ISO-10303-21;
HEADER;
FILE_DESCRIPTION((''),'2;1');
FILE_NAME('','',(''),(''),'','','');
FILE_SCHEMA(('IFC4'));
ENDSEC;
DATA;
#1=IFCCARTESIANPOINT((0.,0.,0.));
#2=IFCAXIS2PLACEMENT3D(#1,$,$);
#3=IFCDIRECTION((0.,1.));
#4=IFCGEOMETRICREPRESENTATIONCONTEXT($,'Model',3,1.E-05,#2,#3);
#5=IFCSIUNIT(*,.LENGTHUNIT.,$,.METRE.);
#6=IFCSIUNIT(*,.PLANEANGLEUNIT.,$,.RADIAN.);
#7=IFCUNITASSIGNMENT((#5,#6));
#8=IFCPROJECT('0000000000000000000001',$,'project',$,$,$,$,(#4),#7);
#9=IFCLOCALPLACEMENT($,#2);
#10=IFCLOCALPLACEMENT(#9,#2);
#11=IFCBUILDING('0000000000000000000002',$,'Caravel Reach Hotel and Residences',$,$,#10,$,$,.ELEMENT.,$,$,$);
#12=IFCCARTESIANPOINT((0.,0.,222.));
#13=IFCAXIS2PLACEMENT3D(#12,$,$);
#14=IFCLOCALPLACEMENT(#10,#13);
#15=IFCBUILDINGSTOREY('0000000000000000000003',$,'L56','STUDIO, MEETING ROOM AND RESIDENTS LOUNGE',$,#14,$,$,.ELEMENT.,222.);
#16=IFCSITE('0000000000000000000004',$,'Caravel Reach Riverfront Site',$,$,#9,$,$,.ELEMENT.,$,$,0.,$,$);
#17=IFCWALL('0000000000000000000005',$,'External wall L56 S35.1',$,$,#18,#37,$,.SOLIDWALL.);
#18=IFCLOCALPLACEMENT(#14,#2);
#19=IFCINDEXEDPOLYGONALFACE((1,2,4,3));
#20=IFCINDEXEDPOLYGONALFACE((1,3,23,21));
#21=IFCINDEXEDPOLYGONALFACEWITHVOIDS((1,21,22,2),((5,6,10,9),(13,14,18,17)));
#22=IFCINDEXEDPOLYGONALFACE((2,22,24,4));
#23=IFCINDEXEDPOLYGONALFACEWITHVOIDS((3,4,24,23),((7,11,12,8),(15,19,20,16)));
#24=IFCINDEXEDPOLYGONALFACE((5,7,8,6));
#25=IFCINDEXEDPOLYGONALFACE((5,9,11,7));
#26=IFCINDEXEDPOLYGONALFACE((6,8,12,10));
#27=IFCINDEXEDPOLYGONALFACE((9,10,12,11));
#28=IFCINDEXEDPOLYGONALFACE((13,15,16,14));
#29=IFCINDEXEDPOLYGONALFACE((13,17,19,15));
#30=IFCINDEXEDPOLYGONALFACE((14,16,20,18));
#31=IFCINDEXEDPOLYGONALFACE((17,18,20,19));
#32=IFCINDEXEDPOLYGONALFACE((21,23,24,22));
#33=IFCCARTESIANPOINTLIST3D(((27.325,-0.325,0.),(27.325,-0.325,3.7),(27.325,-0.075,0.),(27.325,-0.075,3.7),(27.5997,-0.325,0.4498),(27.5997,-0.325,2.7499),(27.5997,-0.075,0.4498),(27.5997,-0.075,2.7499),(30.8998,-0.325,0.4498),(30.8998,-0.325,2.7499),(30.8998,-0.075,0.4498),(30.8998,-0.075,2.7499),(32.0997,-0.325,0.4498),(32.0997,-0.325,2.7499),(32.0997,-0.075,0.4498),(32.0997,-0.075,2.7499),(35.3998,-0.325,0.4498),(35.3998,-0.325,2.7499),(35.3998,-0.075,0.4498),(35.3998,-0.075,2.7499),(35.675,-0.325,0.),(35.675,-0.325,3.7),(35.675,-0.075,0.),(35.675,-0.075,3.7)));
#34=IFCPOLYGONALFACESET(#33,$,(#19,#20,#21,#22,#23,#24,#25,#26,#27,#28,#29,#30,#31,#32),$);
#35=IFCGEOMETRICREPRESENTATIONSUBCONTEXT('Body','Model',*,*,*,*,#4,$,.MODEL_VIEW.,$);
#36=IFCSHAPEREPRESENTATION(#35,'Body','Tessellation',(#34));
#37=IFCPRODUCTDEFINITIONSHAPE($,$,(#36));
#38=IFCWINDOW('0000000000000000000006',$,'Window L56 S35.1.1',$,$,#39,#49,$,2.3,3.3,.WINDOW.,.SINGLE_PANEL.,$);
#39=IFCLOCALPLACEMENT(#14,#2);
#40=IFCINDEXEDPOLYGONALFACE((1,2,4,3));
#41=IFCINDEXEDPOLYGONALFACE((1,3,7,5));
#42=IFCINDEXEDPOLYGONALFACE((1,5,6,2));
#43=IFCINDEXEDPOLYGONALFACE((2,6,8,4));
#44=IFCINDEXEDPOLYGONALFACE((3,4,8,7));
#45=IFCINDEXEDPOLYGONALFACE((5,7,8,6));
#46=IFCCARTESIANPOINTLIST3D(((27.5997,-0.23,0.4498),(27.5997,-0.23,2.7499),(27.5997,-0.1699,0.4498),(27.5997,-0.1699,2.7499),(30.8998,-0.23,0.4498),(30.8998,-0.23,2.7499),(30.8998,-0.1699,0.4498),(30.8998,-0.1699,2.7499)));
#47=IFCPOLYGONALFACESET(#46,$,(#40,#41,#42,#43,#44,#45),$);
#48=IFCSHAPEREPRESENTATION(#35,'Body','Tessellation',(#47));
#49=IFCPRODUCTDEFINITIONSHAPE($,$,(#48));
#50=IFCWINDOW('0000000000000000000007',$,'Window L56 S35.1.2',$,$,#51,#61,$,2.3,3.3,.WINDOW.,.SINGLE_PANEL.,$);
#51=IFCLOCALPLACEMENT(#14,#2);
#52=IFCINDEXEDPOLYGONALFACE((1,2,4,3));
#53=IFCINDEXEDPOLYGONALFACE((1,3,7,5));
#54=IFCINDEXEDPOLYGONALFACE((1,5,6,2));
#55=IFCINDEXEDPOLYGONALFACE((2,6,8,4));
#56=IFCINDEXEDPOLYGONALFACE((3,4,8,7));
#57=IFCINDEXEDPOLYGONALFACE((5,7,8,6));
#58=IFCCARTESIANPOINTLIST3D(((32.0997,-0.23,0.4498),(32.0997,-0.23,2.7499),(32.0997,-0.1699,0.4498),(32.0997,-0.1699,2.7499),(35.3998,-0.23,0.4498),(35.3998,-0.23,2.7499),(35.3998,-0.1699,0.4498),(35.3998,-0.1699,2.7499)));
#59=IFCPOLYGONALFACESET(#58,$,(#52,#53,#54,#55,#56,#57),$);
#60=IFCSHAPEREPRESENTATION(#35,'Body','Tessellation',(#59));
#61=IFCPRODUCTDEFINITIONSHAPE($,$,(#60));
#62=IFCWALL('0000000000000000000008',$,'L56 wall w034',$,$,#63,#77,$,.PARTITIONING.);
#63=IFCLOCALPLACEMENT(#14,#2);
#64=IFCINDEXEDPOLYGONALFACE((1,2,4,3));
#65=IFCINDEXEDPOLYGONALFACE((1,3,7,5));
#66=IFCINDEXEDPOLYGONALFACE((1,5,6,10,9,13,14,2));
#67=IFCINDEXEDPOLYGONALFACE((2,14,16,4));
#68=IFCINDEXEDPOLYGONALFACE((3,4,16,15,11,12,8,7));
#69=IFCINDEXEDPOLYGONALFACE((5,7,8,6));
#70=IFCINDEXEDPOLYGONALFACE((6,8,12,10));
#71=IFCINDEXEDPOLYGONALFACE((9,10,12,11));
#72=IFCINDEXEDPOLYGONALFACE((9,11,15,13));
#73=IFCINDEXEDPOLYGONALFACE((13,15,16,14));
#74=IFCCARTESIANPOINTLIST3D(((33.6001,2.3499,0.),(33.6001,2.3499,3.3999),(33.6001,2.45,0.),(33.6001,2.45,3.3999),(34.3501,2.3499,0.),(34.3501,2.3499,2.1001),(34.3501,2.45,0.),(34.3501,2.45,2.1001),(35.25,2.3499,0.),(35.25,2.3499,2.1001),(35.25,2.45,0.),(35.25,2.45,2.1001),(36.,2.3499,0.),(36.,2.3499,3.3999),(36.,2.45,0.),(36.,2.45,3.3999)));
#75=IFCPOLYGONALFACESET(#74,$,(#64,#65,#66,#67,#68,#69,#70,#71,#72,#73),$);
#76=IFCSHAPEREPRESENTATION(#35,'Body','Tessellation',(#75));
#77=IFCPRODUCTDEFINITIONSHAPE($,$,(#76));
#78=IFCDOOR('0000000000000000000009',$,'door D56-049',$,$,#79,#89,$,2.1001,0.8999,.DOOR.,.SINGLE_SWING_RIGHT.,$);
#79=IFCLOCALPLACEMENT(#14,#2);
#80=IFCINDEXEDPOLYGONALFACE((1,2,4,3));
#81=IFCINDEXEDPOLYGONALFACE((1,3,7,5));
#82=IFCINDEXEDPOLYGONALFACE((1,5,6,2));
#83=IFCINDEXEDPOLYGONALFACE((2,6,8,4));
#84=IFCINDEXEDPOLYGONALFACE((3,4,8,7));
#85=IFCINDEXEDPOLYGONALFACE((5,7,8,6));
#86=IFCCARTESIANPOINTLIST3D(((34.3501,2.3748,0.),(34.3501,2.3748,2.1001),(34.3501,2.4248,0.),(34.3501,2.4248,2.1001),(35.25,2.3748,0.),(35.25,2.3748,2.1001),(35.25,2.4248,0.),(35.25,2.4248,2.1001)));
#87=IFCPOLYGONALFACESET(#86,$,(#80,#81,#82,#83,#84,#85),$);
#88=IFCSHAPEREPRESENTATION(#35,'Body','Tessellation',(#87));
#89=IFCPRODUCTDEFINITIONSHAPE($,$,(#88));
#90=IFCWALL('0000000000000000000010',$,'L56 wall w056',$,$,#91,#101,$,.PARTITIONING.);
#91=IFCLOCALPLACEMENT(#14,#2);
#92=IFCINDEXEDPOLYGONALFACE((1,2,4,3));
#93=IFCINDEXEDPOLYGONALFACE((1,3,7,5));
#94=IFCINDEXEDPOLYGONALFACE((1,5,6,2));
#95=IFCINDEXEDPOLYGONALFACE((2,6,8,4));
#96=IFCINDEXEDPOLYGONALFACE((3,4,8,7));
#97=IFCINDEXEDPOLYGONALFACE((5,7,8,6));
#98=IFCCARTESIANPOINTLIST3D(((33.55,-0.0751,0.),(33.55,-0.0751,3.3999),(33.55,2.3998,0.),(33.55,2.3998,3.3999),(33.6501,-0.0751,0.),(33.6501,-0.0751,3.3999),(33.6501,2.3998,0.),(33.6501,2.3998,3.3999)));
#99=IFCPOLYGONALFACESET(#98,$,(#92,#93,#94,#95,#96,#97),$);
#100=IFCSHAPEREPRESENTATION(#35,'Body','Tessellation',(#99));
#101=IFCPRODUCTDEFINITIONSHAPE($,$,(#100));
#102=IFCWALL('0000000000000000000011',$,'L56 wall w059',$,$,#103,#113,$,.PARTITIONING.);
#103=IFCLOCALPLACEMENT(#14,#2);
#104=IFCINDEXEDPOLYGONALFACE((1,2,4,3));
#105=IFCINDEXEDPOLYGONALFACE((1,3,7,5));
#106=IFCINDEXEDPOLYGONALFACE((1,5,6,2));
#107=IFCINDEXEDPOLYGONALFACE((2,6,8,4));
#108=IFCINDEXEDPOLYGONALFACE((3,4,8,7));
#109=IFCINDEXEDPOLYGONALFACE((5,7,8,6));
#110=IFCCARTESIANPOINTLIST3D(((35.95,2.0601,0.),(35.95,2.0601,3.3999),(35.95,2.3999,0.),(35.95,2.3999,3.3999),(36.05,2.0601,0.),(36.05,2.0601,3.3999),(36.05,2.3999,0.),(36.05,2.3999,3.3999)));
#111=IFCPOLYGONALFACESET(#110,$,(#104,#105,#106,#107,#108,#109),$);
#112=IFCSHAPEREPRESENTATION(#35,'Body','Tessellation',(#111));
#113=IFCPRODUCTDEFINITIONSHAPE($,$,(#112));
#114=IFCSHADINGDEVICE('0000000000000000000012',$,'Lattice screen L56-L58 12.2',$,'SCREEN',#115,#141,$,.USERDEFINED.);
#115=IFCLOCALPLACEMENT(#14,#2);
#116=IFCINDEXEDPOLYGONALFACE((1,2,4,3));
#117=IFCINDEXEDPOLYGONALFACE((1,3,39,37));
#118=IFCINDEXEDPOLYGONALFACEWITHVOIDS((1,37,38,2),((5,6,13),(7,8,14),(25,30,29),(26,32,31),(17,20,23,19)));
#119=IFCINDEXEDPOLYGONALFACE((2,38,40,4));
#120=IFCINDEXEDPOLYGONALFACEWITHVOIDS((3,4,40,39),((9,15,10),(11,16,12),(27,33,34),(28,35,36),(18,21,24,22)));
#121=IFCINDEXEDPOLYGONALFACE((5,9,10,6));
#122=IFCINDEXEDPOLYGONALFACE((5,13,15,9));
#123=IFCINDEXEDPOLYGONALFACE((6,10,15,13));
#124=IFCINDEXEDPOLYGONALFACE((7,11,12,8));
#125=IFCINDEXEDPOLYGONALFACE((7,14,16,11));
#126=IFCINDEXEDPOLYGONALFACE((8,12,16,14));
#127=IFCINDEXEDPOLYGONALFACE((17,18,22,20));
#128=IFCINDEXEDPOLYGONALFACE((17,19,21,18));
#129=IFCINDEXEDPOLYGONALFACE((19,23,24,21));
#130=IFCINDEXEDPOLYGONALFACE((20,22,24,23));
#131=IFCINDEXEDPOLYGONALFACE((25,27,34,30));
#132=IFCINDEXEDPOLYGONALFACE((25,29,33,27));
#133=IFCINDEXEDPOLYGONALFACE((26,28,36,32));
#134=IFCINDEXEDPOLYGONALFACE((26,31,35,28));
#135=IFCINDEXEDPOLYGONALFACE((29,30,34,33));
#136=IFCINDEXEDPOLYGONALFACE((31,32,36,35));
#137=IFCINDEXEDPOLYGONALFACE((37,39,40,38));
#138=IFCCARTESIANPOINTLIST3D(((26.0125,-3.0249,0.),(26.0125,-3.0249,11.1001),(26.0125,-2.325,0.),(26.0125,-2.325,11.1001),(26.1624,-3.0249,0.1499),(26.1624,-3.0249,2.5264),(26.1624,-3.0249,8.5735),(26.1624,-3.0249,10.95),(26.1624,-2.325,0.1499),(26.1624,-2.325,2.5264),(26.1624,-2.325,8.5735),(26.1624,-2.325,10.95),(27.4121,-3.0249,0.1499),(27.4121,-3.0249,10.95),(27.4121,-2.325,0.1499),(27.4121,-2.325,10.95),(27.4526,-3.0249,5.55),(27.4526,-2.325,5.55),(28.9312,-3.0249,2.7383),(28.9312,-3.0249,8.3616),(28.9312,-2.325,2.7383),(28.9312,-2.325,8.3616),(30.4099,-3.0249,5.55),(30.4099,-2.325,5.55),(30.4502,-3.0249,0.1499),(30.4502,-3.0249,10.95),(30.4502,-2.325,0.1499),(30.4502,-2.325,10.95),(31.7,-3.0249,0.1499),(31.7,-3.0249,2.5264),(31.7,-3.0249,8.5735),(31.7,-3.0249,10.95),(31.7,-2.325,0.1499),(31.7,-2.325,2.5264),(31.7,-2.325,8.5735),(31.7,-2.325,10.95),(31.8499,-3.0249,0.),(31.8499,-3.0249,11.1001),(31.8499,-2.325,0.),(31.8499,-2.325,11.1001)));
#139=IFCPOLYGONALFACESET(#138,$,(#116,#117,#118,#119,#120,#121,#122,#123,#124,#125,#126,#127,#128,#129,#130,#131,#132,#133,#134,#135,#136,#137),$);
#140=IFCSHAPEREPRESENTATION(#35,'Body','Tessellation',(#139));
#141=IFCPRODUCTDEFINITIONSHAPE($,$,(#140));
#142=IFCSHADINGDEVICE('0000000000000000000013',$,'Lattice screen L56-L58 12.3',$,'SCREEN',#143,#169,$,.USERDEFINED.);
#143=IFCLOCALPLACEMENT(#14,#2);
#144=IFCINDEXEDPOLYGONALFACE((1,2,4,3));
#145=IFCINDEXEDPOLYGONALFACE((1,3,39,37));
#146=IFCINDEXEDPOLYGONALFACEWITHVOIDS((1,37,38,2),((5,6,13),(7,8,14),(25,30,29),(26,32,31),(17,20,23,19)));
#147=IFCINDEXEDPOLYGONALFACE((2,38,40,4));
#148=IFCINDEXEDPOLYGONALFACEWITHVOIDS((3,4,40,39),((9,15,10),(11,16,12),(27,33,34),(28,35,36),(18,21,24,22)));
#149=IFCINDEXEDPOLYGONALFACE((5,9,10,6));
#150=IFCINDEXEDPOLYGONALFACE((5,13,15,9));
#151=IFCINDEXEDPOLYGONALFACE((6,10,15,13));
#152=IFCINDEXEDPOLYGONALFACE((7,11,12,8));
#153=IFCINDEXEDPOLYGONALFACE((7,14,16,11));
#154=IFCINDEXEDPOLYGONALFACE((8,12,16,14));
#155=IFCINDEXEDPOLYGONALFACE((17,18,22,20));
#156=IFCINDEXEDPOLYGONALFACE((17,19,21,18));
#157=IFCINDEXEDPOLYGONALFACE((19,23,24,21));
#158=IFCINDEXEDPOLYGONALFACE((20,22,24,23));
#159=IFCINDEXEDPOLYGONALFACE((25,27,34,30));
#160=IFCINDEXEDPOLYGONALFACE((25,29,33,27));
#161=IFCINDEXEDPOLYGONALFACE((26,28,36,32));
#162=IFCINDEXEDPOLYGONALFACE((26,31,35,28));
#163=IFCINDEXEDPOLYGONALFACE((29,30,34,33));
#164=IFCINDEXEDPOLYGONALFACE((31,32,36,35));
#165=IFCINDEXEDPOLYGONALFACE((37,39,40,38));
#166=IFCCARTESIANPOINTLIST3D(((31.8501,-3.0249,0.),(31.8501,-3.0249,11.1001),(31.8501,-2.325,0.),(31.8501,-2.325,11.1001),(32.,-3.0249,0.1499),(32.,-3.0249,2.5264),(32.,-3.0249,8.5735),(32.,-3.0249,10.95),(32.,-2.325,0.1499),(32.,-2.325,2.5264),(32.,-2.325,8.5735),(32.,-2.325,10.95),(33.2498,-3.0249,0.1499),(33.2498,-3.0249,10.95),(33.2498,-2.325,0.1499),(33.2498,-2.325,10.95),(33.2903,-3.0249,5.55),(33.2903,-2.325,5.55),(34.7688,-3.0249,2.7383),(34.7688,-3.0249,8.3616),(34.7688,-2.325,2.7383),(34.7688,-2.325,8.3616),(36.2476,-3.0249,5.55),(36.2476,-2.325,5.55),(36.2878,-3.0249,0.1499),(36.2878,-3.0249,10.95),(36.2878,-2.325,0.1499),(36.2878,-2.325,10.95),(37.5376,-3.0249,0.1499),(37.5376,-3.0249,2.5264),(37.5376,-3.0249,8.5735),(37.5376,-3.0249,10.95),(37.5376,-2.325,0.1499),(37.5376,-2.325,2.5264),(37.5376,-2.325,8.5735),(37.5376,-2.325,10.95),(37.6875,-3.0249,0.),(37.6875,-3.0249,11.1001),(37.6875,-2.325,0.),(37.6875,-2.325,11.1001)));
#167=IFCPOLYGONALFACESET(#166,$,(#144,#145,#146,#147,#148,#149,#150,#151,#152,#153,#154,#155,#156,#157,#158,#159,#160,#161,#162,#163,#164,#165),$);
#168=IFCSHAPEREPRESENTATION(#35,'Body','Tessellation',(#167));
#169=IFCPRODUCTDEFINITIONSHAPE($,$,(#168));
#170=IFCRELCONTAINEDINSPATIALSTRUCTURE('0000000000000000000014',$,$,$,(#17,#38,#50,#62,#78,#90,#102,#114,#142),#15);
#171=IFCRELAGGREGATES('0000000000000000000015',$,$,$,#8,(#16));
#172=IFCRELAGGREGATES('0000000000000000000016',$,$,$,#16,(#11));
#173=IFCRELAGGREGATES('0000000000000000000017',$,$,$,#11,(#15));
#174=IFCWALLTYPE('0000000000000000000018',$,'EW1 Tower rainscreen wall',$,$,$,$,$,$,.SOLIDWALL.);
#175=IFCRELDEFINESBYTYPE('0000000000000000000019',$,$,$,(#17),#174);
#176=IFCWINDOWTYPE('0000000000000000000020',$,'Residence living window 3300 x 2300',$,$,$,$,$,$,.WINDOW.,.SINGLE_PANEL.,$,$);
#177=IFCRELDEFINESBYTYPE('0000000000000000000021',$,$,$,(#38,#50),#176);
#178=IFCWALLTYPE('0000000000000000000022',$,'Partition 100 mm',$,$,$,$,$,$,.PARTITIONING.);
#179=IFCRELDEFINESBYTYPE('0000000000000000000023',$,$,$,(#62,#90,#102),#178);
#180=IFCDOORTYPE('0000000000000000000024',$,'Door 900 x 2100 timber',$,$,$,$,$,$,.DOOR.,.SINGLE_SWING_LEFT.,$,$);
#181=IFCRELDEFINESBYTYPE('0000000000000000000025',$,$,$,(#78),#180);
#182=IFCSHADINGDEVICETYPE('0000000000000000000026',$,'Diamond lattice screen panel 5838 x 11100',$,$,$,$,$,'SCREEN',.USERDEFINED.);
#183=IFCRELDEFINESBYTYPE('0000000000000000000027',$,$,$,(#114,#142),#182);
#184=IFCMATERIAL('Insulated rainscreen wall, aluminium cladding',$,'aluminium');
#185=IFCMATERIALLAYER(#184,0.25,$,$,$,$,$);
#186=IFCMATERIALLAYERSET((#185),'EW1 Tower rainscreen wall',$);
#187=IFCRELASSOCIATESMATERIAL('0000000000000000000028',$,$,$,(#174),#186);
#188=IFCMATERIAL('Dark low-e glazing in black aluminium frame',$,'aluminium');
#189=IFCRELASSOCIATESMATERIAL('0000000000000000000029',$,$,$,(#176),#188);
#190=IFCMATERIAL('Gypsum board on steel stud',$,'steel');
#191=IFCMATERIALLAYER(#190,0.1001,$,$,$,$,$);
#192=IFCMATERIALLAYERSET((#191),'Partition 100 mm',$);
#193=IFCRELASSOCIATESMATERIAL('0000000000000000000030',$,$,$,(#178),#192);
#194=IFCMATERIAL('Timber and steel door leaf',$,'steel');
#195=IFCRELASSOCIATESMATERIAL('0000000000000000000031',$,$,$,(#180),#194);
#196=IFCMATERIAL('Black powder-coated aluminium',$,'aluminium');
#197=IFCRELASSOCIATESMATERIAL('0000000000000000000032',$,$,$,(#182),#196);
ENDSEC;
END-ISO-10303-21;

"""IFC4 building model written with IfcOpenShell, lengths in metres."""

from ifc_helpers import new_model, si_unit, direction, frame, frame_2d, origin, place, context, subcontext, project, spatial, polyline, rectangle, outline, extrude, material, layer, layer_set, type_object, element, fill, save


model = new_model("IFC4")

# Units and contexts
model_context = context("Model", 3, precision=1e-05, world=origin(), true_north=direction((0.0, 1.0)))
body_context = subcontext(model_context, "Body", "Model", "MODEL_VIEW")
ifc_project = project(units=[si_unit("LENGTHUNIT", "METRE"), si_unit("PLANEANGLEUNIT", "RADIAN")], contexts=[model_context])

# Site, building, storey
site_placement = place(None, origin())
site = spatial("IfcSite", under=ifc_project, at=site_placement, Name="Caravel Reach Riverfront Site", CompositionType="ELEMENT", RefElevation=0.0)
building_placement = place(site_placement, origin())
building = spatial("IfcBuilding", under=site, at=building_placement, Name="Caravel Reach Hotel and Residences", CompositionType="ELEMENT")
storey_placement = place(building_placement, frame((0.0, 0.0, 222.0)))
storey = spatial("IfcBuildingStorey", under=building, at=storey_placement, Name="L56", Description="STUDIO, MEETING ROOM AND RESIDENTS LOUNGE", CompositionType="ELEMENT", Elevation=222.0)

# Shared definitions
ifc_material_1 = material(Name="Insulated rainscreen wall, aluminium cladding", Category="aluminium")
ifc_layer_1 = layer(ifc_material_1, 0.25)
ifc_layer_set_1 = layer_set([ifc_layer_1], Name="EW1 Tower rainscreen wall")
wall_type_1 = type_object("IfcWallType", Name="EW1 Tower rainscreen wall", PredefinedType="SOLIDWALL", material=ifc_layer_set_1)

# Wall, openings, windows
wall_1_placement = place(storey_placement, frame((27.325, -0.2, 0.0), z_axis=(0.0, 0.0, 1.0), x_axis=(1.0, 0.0, 0.0)))
wall_1 = element("IfcWall", 1, at=wall_1_placement, inside=storey, type_object=wall_type_1, Name="External wall L56 S35.1", PredefinedType="SOLIDWALL", context=body_context, shape_type="SweptSolid", body=[
    extrude(rectangle(XDim=8.3501, YDim=0.25, at=frame_2d((4.175, 0.0))), origin(), (0.0, 0.0, 1.0), 3.7),
])
opening_1_placement = place(wall_1_placement, frame((0.2749, 0.0, 0.45)))
opening_1 = element("IfcOpeningElement", 2, at=opening_1_placement, cuts=wall_1, PredefinedType="OPENING", context=body_context, shape_type="SweptSolid", body=[
    extrude(rectangle(XDim=3.3, YDim=2.3, at=frame_2d((1.6499, 1.1499))), frame((0.0, 0.135, 0.0), z_axis=(0.0, -1.0, 0.0), x_axis=(1.0, 0.0, 0.0)), (0.0, 0.0, 1.0), 0.27),
])
opening_2_placement = place(wall_1_placement, frame((4.7749, 0.0, 0.45)))
opening_2 = element("IfcOpeningElement", 3, at=opening_2_placement, cuts=wall_1, PredefinedType="OPENING", context=body_context, shape_type="SweptSolid", body=[
    extrude(rectangle(XDim=3.3, YDim=2.3, at=frame_2d((1.6499, 1.1499))), frame((0.0, 0.135, 0.0), z_axis=(0.0, -1.0, 0.0), x_axis=(1.0, 0.0, 0.0)), (0.0, 0.0, 1.0), 0.27),
])
ifc_material_2 = material(Name="Dark low-e glazing in black aluminium frame", Category="aluminium")
window_type_1 = type_object("IfcWindowType", Name="Residence living window 3300 x 2300", PartitioningType="SINGLE_PANEL", PredefinedType="WINDOW", material=ifc_material_2)
window_1_placement = place(opening_1_placement, origin())
window_1 = element("IfcWindow", 4, at=window_1_placement, inside=storey, type_object=window_type_1, Name="Window L56 S35.1.1", OverallHeight=2.3, OverallWidth=3.3, PartitioningType="SINGLE_PANEL", PredefinedType="WINDOW", context=body_context, shape_type="SweptSolid", body=[
    extrude(rectangle(XDim=3.3, YDim=2.3, at=frame_2d((1.6499, 1.1499))), frame((0.0, 0.03, 0.0), z_axis=(0.0, -1.0, 0.0), x_axis=(1.0, 0.0, 0.0)), (0.0, 0.0, 1.0), 0.0601),
])
fill(opening_1, window_1)
window_2_placement = place(opening_2_placement, origin())
window_2 = element("IfcWindow", 5, at=window_2_placement, inside=storey, type_object=window_type_1, Name="Window L56 S35.1.2", OverallHeight=2.3, OverallWidth=3.3, PartitioningType="SINGLE_PANEL", PredefinedType="WINDOW", context=body_context, shape_type="SweptSolid", body=[
    extrude(rectangle(XDim=3.3, YDim=2.3, at=frame_2d((1.6499, 1.1499))), frame((0.0, 0.03, 0.0), z_axis=(0.0, -1.0, 0.0), x_axis=(1.0, 0.0, 0.0)), (0.0, 0.0, 1.0), 0.0601),
])
fill(opening_2, window_2)

# Wall, opening, door
ifc_material_3 = material(Name="Gypsum board on steel stud", Category="steel")
ifc_layer_2 = layer(ifc_material_3, 0.1001)
ifc_layer_set_2 = layer_set([ifc_layer_2], Name="Partition 100 mm")
wall_type_2 = type_object("IfcWallType", Name="Partition 100 mm", PredefinedType="PARTITIONING", material=ifc_layer_set_2)
wall_2_placement = place(storey_placement, frame((33.6001, 2.3999, 0.0), z_axis=(0.0, 0.0, 1.0), x_axis=(1.0, 0.0, 0.0)))
wall_2 = element("IfcWall", 6, at=wall_2_placement, inside=storey, type_object=wall_type_2, Name="L56 wall w034", PredefinedType="PARTITIONING", context=body_context, shape_type="SweptSolid", body=[
    extrude(rectangle(XDim=2.3999, YDim=0.1001, at=frame_2d((1.2, 0.0))), origin(), (0.0, 0.0, 1.0), 3.3999),
])
opening_3_placement = place(wall_2_placement, frame((0.75, 0.0, 0.0)))
opening_3 = element("IfcOpeningElement", 7, at=opening_3_placement, cuts=wall_2, PredefinedType="OPENING", context=body_context, shape_type="SweptSolid", body=[
    extrude(rectangle(XDim=0.8999, YDim=2.1001, at=frame_2d((0.45, 1.05))), frame((0.0, 0.0601, 0.0), z_axis=(0.0, -1.0, 0.0), x_axis=(1.0, 0.0, 0.0)), (0.0, 0.0, 1.0), 0.1201),
])
ifc_material_4 = material(Name="Timber and steel door leaf", Category="steel")
door_type_1 = type_object("IfcDoorType", Name="Door 900 x 2100 timber", OperationType="SINGLE_SWING_LEFT", PredefinedType="DOOR", material=ifc_material_4)
door_1_placement = place(opening_3_placement, origin())
door_1 = element("IfcDoor", 8, at=door_1_placement, inside=storey, type_object=door_type_1, Name="door D56-049", OperationType="SINGLE_SWING_RIGHT", OverallHeight=2.1001, OverallWidth=0.8999, PredefinedType="DOOR", context=body_context, shape_type="SweptSolid", body=[
    extrude(rectangle(XDim=0.8999, YDim=2.1001, at=frame_2d((0.45, 1.05))), frame((0.0, 0.0249, 0.0), z_axis=(0.0, -1.0, 0.0), x_axis=(1.0, 0.0, 0.0)), (0.0, 0.0, 1.0), 0.05),
])
fill(opening_3, door_1)

# Walls
wall_3_placement = place(storey_placement, frame((33.6001, -0.075, 0.0), z_axis=(0.0, 0.0, 1.0), x_axis=(0.0, 1.0, 0.0)))
element("IfcWall", 9, at=wall_3_placement, inside=storey, type_object=wall_type_2, Name="L56 wall w056", PredefinedType="PARTITIONING", context=body_context, shape_type="SweptSolid", body=[
    extrude(rectangle(XDim=2.4749, YDim=0.1001, at=frame_2d((1.2373, 0.0))), origin(), (0.0, 0.0, 1.0), 3.3999),
])
wall_4_placement = place(storey_placement, frame((36.0, 2.0601, 0.0), z_axis=(0.0, 0.0, 1.0), x_axis=(0.0, 1.0, 0.0)))
element("IfcWall", 10, at=wall_4_placement, inside=storey, type_object=wall_type_2, Name="L56 wall w059", PredefinedType="PARTITIONING", context=body_context, shape_type="SweptSolid", body=[
    extrude(rectangle(XDim=0.3398, YDim=0.1001, at=frame_2d((0.1699, 0.0))), origin(), (0.0, 0.0, 1.0), 3.3999),
])

# Shading devices
ifc_material_5 = material(Name="Black powder-coated aluminium", Category="aluminium")
shading_device_type = type_object("IfcShadingDeviceType", Name="Diamond lattice screen panel 5838 x 11100", ElementType="SCREEN", PredefinedType="USERDEFINED", material=ifc_material_5)
for number, where, z_axis, x_axis, name in (
    (11, (26.0125, -2.325, 0.0), (0.0, -1.0, 0.0), (1.0, 0.0, 0.0), "Lattice screen L56-L58 12.2"),
    (12, (31.8501, -2.325, 0.0), (0.0, -1.0, 0.0), (1.0, 0.0, 0.0), "Lattice screen L56-L58 12.3"),
):
    element("IfcShadingDevice", number, at=place(storey_placement, frame(where, z_axis=z_axis, x_axis=x_axis)), inside=storey, type_object=shading_device_type, Name=name, ObjectType="SCREEN", PredefinedType="USERDEFINED", context=body_context, shape_type="SweptSolid", body=[
        extrude(outline(polyline([(0.0, 0.0), (5.8374, 0.0), (5.8374, 11.1001), (0.0, 11.1001), (0.0, 0.0)]), holes=[polyline([(1.3997, 0.1499), (0.1499, 2.5264), (0.1499, 0.1499), (1.3997, 0.1499)]), polyline([(0.1499, 8.5735), (1.3997, 10.95), (0.1499, 10.95), (0.1499, 8.5735)]), polyline([(2.9187, 8.3616), (1.4402, 5.55), (2.9187, 2.7383), (4.3975, 5.55), (2.9187, 8.3616)]), polyline([(5.6875, 2.5264), (4.4377, 0.1499), (5.6875, 0.1499), (5.6875, 2.5264)]), polyline([(4.4377, 10.95), (5.6875, 8.5735), (5.6875, 10.95), (4.4377, 10.95)])]), origin(), (0.0, 0.0, 1.0), 0.7),
    ])

save(model, "model.ifc")
